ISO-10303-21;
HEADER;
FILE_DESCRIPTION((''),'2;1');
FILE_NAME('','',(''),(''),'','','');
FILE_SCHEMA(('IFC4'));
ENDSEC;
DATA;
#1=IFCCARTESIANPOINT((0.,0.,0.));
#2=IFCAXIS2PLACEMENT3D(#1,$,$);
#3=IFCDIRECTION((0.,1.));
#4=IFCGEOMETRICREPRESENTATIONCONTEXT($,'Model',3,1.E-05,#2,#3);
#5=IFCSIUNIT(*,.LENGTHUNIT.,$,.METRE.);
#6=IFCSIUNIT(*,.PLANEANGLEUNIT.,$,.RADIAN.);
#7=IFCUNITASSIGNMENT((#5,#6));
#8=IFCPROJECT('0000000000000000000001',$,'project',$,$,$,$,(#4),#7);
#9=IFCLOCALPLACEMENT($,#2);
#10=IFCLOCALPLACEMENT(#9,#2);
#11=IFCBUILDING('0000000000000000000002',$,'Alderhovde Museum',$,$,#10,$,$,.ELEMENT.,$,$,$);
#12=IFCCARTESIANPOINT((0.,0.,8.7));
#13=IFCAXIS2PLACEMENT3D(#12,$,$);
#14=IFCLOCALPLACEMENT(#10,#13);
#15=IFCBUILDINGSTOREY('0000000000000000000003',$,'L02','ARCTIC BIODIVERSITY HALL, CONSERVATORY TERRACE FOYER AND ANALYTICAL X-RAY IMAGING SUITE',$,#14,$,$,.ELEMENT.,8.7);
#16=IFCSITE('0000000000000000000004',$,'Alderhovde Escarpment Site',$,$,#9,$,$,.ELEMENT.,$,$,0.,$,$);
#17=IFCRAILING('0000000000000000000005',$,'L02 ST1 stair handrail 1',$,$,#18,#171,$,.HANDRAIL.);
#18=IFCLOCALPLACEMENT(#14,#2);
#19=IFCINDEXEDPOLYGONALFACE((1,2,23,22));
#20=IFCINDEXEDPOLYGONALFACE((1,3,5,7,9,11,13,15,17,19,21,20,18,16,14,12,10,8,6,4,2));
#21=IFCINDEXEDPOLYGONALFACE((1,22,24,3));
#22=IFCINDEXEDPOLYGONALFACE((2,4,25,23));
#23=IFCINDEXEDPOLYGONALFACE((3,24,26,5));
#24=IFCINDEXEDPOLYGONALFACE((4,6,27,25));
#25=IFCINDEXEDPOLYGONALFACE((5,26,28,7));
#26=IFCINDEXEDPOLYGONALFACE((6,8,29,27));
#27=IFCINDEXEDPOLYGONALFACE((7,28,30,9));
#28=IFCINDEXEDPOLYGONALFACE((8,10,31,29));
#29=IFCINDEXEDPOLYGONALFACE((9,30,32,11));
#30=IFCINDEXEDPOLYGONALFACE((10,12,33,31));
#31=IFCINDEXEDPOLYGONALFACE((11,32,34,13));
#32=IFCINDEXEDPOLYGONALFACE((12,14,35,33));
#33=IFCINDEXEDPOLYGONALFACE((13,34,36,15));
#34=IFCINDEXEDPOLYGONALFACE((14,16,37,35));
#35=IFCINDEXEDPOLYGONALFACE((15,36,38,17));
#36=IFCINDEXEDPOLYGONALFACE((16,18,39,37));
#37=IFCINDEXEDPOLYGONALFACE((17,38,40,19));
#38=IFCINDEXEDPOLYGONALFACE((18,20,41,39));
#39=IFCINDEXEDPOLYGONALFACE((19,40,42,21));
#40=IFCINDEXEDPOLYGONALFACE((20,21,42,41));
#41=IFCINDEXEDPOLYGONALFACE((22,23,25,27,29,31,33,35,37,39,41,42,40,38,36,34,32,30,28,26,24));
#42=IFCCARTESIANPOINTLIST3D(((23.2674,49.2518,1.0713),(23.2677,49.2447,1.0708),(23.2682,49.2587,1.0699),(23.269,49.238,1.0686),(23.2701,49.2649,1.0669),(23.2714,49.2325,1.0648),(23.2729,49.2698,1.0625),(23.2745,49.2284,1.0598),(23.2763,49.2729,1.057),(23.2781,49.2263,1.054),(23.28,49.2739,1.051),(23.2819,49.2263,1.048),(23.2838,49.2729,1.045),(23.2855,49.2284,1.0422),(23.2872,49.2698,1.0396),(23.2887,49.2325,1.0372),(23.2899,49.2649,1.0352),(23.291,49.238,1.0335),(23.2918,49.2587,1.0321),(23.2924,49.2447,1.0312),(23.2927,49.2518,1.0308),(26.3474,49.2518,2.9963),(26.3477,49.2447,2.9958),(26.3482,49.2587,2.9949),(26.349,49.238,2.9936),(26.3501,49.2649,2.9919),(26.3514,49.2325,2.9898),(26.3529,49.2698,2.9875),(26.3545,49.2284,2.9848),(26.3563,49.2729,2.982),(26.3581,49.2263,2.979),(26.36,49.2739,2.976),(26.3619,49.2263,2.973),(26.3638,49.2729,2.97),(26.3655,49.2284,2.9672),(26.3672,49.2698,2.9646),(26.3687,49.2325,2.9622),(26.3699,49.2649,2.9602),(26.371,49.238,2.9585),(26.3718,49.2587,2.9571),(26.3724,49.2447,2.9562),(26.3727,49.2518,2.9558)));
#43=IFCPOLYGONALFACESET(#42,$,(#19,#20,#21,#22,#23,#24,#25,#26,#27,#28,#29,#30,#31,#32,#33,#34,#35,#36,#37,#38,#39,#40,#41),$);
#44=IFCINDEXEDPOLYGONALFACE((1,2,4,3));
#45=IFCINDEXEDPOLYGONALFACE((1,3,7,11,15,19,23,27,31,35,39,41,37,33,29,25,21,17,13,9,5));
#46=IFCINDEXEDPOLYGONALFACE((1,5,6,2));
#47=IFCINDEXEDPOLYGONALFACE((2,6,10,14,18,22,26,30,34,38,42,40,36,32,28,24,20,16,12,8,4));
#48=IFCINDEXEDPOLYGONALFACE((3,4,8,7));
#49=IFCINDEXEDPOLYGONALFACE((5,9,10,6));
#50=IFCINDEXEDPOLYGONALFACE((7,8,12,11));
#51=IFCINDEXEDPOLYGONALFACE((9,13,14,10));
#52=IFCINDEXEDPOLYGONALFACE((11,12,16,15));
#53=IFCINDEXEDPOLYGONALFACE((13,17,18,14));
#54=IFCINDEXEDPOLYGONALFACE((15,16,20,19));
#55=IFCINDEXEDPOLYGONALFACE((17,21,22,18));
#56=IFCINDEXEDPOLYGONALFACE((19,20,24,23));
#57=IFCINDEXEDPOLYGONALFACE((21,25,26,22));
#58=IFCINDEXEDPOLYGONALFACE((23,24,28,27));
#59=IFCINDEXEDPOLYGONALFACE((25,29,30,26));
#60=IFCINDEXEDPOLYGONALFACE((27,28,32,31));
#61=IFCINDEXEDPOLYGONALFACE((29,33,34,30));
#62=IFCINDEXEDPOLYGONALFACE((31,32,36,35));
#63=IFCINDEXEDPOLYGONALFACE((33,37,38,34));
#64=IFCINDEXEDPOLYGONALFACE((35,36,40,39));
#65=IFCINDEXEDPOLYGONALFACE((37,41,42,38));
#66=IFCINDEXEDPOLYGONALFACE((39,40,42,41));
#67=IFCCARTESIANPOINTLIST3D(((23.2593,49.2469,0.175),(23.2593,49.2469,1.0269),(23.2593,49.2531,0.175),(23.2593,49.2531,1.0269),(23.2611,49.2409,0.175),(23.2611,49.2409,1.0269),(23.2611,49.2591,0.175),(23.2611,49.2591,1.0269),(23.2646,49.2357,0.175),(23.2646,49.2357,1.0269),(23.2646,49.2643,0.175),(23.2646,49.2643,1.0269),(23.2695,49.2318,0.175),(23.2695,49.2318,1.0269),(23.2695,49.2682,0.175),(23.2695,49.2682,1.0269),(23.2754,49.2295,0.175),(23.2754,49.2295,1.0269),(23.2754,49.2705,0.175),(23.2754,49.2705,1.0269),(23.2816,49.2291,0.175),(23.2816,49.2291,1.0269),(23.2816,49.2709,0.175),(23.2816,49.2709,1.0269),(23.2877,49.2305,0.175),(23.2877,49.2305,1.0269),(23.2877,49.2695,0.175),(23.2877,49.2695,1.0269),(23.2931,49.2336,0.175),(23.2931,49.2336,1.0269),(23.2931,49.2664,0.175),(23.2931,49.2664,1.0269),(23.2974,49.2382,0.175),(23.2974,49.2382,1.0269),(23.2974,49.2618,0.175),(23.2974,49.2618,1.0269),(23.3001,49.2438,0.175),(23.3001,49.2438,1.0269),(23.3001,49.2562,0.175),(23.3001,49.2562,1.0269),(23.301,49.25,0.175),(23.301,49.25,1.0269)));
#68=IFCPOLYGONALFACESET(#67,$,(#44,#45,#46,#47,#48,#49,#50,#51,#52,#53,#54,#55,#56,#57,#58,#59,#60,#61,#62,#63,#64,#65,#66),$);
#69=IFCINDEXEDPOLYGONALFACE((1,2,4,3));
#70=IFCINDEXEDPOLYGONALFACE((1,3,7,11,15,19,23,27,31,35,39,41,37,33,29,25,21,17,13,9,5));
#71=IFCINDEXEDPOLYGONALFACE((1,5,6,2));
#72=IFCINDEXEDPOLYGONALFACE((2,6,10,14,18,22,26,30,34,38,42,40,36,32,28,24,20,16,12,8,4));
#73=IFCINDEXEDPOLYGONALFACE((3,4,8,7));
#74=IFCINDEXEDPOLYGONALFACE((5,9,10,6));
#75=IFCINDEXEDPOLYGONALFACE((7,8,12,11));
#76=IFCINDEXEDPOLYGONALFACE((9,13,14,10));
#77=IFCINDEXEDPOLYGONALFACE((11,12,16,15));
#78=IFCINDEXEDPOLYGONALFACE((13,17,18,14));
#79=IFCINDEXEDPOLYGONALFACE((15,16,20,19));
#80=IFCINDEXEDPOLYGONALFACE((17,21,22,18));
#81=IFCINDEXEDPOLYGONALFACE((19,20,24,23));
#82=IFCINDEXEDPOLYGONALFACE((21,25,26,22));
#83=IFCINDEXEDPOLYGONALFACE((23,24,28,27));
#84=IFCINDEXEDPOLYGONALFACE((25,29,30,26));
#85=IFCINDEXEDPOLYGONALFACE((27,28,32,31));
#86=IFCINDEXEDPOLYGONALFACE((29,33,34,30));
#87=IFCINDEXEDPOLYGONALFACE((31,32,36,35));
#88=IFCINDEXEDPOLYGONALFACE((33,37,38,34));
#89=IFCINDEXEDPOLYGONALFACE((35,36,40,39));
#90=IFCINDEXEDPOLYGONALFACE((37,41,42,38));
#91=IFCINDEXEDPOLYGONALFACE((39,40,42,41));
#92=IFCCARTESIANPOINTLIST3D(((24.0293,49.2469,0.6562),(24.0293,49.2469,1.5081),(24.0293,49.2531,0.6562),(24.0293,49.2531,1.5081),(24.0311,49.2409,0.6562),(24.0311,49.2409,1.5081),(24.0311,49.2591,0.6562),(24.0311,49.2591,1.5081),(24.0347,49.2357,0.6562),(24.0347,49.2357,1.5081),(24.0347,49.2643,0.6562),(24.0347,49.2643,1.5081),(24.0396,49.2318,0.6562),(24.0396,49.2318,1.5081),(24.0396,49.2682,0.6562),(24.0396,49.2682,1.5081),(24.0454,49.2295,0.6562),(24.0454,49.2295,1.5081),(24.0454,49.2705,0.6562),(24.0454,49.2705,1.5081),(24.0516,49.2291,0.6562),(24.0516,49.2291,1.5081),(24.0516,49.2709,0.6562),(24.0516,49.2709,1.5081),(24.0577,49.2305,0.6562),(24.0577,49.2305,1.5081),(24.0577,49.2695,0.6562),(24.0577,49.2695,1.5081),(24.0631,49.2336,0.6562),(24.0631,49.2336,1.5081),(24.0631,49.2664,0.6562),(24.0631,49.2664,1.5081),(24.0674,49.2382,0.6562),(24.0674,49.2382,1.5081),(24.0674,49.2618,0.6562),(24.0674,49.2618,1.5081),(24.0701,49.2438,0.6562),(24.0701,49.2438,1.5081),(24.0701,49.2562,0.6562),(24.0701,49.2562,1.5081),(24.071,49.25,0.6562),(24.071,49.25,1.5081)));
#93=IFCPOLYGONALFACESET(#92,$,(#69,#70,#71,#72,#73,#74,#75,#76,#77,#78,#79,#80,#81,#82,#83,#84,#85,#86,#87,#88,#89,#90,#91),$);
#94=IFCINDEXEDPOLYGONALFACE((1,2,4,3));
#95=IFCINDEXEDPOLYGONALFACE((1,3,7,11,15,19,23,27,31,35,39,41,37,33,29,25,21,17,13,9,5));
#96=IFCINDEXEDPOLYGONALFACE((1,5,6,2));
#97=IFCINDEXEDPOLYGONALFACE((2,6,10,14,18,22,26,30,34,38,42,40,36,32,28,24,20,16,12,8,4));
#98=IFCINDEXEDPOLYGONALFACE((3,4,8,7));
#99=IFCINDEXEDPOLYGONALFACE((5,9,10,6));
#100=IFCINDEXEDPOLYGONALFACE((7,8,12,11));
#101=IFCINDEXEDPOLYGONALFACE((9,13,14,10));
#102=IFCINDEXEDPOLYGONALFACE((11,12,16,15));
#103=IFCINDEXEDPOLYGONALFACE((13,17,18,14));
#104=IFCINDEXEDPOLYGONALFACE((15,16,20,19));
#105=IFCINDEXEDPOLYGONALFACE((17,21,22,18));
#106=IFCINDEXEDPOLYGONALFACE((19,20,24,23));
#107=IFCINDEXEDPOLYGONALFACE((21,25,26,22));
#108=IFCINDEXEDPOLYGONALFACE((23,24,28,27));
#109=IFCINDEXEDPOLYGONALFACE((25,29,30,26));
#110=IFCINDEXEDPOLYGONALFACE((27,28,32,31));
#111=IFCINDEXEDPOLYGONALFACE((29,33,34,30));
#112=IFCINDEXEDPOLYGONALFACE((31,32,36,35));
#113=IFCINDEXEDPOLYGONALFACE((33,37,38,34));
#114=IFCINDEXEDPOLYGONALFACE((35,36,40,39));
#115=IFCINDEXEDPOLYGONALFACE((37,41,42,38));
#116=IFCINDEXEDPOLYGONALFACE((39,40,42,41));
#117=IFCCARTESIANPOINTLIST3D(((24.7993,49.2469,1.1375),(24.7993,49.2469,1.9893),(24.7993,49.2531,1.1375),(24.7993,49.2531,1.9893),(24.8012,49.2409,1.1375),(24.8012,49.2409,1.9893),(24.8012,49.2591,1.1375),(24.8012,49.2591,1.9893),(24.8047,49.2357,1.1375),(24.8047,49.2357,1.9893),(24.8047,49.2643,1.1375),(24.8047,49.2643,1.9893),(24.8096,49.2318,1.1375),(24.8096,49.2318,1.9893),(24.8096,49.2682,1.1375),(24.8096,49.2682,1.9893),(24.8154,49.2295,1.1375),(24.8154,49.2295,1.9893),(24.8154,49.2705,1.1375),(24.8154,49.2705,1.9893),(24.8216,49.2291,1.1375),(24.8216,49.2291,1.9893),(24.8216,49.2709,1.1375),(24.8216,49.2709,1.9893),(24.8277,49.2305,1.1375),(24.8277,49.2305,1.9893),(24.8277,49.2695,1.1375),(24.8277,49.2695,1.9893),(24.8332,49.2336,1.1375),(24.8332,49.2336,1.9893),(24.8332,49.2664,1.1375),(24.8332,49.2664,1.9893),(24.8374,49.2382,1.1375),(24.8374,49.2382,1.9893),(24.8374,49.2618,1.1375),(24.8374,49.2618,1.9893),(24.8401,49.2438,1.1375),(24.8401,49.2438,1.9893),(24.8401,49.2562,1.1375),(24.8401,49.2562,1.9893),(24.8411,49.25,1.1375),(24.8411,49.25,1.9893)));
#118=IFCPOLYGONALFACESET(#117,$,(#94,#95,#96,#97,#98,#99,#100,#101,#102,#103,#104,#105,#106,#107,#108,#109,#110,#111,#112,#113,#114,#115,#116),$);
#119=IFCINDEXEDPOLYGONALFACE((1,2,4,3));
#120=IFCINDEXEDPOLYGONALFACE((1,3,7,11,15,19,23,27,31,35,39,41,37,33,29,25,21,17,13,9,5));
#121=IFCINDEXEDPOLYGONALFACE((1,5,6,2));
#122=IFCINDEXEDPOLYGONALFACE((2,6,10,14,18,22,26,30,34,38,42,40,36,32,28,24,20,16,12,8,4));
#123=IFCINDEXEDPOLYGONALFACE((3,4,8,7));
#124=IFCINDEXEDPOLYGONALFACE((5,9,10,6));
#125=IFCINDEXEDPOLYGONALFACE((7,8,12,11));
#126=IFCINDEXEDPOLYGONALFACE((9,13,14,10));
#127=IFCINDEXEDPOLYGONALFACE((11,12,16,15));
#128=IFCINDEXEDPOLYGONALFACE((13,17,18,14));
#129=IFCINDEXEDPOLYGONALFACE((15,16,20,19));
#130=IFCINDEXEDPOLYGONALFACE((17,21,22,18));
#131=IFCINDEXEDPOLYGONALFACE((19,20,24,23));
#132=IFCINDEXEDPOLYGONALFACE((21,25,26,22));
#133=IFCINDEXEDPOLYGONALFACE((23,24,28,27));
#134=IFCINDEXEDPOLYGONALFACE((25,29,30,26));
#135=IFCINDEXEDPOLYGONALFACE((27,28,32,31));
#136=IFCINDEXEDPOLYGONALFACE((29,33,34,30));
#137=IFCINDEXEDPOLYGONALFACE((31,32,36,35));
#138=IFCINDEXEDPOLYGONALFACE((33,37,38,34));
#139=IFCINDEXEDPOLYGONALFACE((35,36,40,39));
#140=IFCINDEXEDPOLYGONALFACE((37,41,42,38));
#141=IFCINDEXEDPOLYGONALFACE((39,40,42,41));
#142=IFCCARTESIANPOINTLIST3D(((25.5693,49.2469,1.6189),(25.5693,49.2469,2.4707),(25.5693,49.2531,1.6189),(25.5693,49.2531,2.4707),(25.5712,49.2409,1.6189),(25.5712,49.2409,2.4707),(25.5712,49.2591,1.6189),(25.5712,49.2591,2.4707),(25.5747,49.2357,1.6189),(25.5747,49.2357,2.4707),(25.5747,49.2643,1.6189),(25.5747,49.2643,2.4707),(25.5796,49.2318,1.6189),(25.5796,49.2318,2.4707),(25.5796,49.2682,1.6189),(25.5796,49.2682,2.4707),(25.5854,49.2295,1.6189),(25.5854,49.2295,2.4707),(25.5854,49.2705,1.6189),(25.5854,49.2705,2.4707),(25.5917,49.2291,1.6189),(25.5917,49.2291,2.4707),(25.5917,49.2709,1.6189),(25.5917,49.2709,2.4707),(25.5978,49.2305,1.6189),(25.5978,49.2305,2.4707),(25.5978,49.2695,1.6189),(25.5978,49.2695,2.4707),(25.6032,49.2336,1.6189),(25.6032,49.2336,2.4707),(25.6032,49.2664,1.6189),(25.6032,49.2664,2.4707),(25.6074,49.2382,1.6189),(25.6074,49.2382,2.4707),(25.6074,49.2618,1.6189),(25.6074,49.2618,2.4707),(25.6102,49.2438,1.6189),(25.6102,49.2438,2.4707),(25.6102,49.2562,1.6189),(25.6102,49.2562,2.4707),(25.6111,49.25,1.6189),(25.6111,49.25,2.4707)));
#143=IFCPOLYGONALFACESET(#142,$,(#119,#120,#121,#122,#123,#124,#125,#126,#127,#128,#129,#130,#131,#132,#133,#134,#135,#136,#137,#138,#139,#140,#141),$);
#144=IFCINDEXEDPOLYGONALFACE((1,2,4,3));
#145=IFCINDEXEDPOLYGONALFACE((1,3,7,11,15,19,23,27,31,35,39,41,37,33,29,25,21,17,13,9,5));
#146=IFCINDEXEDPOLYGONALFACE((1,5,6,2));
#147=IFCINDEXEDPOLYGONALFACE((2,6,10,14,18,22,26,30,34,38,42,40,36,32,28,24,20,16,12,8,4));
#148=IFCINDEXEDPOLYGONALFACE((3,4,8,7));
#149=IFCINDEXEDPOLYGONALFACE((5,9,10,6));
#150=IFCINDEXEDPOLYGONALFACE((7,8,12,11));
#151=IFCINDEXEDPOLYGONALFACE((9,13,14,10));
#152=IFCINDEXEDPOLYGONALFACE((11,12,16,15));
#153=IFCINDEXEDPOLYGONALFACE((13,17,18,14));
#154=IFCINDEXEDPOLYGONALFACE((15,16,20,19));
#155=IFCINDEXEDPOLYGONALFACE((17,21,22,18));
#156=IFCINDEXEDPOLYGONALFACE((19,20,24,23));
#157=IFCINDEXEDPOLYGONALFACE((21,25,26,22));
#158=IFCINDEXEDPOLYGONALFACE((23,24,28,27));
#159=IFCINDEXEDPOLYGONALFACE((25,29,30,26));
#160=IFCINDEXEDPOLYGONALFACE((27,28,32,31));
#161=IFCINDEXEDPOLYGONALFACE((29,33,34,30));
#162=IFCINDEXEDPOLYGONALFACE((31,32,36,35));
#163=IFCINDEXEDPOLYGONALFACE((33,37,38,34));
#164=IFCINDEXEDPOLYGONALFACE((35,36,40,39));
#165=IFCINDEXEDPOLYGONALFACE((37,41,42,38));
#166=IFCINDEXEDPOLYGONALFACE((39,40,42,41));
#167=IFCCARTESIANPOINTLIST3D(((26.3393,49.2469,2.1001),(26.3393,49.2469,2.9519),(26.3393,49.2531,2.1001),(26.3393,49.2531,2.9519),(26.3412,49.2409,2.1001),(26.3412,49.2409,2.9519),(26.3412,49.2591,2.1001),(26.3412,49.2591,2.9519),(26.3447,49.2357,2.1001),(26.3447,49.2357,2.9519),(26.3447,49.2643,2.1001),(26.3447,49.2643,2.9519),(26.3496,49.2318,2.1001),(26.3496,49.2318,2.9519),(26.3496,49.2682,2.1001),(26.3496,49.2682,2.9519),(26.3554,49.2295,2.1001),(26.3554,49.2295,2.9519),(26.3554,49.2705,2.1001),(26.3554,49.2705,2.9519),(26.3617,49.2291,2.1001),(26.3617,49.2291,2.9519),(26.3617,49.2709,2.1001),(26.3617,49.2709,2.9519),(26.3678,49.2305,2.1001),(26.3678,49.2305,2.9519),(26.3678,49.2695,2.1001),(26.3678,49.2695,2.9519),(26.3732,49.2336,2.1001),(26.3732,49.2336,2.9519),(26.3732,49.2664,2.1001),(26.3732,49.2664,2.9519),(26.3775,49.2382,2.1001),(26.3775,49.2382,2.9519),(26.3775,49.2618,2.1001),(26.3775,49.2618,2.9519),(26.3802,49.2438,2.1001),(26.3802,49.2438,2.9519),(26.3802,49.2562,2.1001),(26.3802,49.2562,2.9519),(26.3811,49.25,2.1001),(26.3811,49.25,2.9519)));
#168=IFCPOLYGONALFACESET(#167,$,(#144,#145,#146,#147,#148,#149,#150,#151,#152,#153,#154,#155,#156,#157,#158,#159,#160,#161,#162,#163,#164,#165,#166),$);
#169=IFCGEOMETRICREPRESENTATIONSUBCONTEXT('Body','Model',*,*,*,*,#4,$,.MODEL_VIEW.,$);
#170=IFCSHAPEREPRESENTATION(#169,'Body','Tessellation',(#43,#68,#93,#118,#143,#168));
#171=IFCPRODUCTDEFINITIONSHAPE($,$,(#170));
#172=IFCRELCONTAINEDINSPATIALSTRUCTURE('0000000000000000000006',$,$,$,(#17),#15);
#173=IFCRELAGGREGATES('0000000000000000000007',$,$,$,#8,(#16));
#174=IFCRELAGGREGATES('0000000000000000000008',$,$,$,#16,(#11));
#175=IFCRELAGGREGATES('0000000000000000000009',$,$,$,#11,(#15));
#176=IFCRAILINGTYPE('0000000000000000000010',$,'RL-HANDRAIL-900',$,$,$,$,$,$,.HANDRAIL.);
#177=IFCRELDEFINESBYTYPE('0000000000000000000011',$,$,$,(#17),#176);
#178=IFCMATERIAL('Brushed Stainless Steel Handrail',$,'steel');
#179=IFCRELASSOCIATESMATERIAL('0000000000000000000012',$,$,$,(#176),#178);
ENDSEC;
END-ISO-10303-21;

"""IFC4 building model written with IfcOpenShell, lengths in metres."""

from ifc_helpers import new_model, si_unit, direction, frame, origin, origin_2d, place, context, subcontext, project, spatial, circle, extrude, material, type_object, element, save


model = new_model("IFC4")

# Units and contexts
model_context = context("Model", 3, precision=1e-05, world=origin(), true_north=direction((0.0, 1.0)))
body_context = subcontext(model_context, "Body", "Model", "MODEL_VIEW")
ifc_project = project(units=[si_unit("LENGTHUNIT", "METRE"), si_unit("PLANEANGLEUNIT", "RADIAN")], contexts=[model_context])

# Site, building, storey
site_placement = place(None, origin())
site = spatial("IfcSite", under=ifc_project, at=site_placement, Name="Alderhovde Escarpment Site", CompositionType="ELEMENT", RefElevation=0.0)
building_placement = place(site_placement, origin())
building = spatial("IfcBuilding", under=site, at=building_placement, Name="Alderhovde Museum", CompositionType="ELEMENT")
storey_placement = place(building_placement, frame((0.0, 0.0, 8.7)))
storey = spatial("IfcBuildingStorey", under=building, at=storey_placement, Name="L02", Description="ARCTIC BIODIVERSITY HALL, CONSERVATORY TERRACE FOYER AND ANALYTICAL X-RAY IMAGING SUITE", CompositionType="ELEMENT", Elevation=8.7)

# Railing
ifc_material_1 = material(Name="Brushed Stainless Steel Handrail", Category="steel")
railing_type_1 = type_object("IfcRailingType", Name="RL-HANDRAIL-900", PredefinedType="HANDRAIL", material=ifc_material_1)
railing_1_placement = place(storey_placement, frame((23.28, 49.25, 0.175)))
element("IfcRailing", 1, at=railing_1_placement, inside=storey, type_object=railing_type_1, Name="L02 ST1 stair handrail 1", PredefinedType="HANDRAIL", context=body_context, shape_type="SweptSolid", body=[
    extrude(circle(Radius=0.0239, at=origin_2d()), frame((0.0, 0.0, 0.876), z_axis=(0.847998, 0.0, 0.529999), x_axis=(0.0, 1.0, 0.0)), (0.0, 0.0, 1.0), 3.6321),
    extrude(circle(Radius=0.021, at=origin_2d()), origin(), (0.0, 0.0, 1.0), 0.8518),
    extrude(circle(Radius=0.021, at=origin_2d()), frame((0.77, 0.0, 0.4812)), (0.0, 0.0, 1.0), 0.8518),
    extrude(circle(Radius=0.021, at=origin_2d()), frame((1.54, 0.0, 0.9624)), (0.0, 0.0, 1.0), 0.8518),
    extrude(circle(Radius=0.021, at=origin_2d()), frame((2.3101, 0.0, 1.4438)), (0.0, 0.0, 1.0), 0.8518),
    extrude(circle(Radius=0.021, at=origin_2d()), frame((3.0801, 0.0, 1.925)), (0.0, 0.0, 1.0), 0.8518),
])

save(model, "model.ifc")
